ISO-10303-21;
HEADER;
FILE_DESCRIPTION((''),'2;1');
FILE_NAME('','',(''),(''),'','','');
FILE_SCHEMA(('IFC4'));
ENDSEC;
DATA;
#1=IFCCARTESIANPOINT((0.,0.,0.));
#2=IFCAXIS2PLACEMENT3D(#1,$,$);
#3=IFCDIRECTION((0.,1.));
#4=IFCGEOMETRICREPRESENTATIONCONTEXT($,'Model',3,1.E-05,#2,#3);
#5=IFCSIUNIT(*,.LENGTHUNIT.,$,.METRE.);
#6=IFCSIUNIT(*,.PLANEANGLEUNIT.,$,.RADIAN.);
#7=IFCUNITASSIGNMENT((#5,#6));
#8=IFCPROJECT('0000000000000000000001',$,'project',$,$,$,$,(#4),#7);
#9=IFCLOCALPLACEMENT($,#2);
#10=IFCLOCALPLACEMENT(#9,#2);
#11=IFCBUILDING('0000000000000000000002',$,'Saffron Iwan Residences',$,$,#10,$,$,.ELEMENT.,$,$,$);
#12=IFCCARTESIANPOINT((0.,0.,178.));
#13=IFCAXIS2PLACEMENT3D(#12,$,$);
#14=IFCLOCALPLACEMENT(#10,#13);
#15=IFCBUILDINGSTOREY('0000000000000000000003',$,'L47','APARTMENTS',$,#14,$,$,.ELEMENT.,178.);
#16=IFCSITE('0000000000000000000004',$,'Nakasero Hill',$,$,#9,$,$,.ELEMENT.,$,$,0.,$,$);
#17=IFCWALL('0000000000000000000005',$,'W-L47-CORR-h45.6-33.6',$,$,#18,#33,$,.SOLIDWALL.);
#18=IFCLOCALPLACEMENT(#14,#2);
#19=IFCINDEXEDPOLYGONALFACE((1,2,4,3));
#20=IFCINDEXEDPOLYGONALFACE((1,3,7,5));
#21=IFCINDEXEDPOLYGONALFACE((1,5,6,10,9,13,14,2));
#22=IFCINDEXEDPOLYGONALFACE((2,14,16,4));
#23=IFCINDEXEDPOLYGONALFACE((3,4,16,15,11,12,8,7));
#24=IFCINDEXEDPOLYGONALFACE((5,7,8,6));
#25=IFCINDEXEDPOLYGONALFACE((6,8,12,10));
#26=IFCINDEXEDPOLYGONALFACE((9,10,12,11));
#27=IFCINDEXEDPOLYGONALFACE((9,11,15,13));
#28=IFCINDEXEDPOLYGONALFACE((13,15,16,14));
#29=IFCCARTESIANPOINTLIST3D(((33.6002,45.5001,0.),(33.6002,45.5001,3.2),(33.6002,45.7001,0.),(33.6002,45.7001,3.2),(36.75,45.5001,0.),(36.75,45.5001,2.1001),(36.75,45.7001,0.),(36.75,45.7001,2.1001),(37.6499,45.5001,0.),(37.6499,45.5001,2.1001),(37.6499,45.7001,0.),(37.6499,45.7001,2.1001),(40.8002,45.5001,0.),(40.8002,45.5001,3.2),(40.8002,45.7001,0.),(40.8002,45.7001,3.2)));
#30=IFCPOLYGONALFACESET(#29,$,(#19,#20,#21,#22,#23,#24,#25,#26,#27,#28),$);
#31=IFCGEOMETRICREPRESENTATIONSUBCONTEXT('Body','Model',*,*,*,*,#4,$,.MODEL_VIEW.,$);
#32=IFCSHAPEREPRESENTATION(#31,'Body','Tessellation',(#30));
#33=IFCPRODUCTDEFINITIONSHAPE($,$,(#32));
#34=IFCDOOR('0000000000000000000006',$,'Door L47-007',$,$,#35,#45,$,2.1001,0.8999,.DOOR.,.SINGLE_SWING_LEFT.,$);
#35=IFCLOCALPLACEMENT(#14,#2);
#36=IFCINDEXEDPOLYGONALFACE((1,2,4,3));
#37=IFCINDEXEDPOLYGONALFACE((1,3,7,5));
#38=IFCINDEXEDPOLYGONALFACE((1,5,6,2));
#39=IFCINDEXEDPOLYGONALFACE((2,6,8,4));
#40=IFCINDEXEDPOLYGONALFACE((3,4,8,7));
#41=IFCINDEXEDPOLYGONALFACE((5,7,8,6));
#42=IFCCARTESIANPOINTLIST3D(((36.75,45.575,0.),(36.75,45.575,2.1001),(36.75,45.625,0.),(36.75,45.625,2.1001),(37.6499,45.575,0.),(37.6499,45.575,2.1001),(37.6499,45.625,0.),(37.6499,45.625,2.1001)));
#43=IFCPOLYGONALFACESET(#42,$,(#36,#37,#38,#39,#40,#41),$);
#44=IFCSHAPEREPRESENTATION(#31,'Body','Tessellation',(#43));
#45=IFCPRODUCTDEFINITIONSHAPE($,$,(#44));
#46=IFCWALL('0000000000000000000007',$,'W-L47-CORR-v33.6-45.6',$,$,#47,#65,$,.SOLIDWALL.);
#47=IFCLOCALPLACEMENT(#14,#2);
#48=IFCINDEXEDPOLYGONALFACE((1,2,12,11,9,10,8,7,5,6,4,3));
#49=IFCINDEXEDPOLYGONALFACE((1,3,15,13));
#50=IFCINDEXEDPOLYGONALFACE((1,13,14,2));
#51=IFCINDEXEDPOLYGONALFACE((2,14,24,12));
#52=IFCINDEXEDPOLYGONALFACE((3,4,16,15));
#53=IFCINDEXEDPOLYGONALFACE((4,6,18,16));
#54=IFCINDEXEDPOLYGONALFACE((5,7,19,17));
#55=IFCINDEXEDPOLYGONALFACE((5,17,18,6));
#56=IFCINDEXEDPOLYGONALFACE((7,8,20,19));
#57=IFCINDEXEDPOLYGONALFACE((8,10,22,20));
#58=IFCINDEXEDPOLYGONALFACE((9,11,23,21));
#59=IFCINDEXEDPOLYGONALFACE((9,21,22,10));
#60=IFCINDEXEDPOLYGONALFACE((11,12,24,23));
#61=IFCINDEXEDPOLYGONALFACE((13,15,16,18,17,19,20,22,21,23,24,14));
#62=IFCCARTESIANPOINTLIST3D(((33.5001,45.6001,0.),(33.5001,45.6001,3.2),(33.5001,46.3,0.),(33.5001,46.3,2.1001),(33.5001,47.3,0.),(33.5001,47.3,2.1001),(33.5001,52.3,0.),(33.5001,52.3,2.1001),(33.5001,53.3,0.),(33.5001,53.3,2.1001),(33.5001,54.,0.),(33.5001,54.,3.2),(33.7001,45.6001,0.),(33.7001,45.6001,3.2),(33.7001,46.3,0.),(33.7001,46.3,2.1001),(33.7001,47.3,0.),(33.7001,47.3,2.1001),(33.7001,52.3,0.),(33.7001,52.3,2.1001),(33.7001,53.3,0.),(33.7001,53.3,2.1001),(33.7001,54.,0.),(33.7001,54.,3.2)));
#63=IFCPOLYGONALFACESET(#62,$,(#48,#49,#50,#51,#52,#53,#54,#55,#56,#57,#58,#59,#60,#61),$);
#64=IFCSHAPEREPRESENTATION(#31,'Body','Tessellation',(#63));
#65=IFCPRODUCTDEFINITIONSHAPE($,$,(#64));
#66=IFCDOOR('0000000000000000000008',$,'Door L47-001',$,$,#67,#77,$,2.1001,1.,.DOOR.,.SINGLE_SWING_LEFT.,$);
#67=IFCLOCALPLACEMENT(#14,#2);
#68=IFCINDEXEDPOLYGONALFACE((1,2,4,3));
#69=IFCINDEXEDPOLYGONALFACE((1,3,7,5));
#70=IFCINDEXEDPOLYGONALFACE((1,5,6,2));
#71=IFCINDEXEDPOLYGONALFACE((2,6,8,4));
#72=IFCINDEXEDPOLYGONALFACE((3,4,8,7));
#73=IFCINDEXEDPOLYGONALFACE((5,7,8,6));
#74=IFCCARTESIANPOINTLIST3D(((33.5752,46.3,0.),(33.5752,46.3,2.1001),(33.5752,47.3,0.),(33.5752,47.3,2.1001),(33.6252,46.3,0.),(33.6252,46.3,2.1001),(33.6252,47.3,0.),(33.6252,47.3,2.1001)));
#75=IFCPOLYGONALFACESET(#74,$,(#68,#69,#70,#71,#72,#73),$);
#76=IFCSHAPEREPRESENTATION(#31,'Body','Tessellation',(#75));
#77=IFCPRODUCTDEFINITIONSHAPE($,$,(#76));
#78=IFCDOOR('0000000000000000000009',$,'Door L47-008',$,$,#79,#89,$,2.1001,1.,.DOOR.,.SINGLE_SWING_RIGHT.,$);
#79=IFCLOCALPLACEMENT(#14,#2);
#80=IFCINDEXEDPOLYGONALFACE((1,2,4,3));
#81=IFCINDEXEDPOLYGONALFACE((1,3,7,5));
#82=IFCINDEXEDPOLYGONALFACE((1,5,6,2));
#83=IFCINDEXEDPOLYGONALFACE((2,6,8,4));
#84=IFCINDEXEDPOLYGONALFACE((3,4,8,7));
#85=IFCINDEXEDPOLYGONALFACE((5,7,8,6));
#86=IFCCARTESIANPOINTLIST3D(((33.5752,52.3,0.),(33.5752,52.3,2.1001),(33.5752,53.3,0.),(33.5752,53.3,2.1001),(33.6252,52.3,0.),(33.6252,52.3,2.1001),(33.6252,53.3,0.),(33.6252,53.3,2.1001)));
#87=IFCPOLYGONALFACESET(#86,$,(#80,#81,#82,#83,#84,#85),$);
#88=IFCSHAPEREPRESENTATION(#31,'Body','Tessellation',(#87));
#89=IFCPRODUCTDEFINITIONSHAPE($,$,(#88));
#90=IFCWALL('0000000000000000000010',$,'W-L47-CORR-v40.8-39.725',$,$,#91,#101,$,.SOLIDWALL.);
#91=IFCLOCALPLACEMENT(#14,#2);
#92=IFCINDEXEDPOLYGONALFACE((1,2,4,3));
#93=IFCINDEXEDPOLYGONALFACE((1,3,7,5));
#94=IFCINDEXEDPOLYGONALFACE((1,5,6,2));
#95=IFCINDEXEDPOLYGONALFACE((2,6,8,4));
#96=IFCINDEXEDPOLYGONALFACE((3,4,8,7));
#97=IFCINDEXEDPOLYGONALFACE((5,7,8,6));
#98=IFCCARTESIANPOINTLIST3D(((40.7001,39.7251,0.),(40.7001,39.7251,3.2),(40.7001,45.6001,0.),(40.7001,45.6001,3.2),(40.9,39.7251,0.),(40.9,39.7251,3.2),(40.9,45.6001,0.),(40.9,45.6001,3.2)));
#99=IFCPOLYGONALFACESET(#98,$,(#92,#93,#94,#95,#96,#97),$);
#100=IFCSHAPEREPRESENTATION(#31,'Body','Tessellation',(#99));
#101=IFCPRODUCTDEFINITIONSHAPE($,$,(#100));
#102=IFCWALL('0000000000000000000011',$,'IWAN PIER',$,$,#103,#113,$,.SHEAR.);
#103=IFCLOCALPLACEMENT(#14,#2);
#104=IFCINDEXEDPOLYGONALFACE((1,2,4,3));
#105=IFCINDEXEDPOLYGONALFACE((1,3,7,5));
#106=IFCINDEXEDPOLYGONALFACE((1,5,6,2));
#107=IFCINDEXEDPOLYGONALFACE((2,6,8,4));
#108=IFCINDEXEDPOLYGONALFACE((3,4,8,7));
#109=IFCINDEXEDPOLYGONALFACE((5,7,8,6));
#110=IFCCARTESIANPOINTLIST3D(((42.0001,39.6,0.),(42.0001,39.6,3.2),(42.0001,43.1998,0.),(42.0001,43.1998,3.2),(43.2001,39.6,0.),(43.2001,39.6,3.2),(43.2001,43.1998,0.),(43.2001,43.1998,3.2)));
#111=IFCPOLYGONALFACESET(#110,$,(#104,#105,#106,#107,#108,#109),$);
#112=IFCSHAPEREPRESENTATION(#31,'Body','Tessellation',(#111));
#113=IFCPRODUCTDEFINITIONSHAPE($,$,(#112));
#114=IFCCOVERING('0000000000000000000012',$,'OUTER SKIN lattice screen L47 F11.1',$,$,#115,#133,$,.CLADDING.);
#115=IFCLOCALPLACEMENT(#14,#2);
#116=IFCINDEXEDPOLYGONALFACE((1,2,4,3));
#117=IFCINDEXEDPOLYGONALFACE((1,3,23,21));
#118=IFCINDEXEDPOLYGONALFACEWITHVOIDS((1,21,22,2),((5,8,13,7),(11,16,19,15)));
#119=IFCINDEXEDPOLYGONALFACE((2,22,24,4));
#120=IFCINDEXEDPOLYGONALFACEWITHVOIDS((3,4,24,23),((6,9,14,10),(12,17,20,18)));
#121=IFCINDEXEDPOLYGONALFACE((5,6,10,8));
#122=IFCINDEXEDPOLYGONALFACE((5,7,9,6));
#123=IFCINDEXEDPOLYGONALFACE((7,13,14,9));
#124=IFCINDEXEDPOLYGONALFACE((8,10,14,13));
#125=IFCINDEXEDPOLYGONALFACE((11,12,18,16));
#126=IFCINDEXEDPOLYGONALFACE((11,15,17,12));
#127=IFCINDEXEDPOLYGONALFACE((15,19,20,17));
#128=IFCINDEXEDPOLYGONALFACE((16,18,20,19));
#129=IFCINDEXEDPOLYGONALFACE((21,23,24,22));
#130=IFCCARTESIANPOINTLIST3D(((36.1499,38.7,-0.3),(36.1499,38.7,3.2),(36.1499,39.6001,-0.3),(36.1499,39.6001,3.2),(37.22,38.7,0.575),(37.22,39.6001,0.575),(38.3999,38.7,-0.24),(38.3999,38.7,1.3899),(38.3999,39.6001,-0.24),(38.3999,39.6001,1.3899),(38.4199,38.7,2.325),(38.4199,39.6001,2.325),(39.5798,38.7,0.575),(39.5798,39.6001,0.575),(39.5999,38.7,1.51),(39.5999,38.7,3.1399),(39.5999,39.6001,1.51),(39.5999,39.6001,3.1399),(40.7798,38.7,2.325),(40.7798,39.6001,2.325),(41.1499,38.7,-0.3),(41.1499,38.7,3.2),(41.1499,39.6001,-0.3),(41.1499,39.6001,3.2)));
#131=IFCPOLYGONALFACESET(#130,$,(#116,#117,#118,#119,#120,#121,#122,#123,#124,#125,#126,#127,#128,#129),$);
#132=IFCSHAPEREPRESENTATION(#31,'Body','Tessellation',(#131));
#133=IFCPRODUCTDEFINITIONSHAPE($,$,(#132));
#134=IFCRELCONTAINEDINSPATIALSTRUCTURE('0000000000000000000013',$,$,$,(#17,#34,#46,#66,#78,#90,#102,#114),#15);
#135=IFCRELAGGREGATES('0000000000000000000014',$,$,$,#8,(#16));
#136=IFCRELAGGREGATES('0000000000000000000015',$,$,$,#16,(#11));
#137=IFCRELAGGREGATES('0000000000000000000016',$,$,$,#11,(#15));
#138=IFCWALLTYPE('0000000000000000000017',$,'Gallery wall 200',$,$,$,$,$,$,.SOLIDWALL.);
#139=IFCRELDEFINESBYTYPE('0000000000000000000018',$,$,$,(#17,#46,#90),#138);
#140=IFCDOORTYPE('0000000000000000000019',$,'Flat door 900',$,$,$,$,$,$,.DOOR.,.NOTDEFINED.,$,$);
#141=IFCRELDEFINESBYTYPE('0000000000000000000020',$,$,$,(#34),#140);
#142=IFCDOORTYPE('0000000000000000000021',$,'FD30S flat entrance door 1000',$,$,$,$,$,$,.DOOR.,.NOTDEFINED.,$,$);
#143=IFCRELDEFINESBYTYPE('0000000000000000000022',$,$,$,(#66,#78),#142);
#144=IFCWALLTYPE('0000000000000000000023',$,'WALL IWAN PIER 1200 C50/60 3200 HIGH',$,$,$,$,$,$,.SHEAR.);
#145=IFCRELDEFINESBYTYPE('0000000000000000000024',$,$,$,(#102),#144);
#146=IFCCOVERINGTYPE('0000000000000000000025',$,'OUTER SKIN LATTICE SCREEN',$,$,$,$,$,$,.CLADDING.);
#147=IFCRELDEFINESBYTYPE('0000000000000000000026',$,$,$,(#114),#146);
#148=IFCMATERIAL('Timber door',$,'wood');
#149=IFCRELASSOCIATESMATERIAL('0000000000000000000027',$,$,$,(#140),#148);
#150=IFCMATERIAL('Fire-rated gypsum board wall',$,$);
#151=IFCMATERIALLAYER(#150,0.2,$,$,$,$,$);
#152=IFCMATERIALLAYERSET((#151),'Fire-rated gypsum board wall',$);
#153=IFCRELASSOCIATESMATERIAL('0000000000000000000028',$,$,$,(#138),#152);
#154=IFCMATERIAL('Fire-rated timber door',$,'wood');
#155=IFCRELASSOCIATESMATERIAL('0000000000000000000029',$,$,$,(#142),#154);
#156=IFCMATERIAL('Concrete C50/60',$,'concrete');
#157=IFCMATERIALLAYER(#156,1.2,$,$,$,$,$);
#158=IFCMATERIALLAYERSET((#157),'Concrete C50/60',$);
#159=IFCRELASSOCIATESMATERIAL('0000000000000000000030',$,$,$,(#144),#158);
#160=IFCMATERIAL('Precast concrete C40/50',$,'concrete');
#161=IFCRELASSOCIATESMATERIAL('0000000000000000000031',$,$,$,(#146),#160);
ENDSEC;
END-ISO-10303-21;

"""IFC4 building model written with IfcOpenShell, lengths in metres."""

from ifc_helpers import new_model, si_unit, direction, frame, frame_2d, origin, place, context, subcontext, project, spatial, polyline, rectangle, outline, extrude, material, layer, layer_set, type_object, element, fill, save


model = new_model("IFC4")

# Units and contexts
model_context = context("Model", 3, precision=1e-05, world=origin(), true_north=direction((0.0, 1.0)))
body_context = subcontext(model_context, "Body", "Model", "MODEL_VIEW")
ifc_project = project(units=[si_unit("LENGTHUNIT", "METRE"), si_unit("PLANEANGLEUNIT", "RADIAN")], contexts=[model_context])

# Site, building, storey
site_placement = place(None, origin())
site = spatial("IfcSite", under=ifc_project, at=site_placement, Name="Nakasero Hill", CompositionType="ELEMENT", RefElevation=0.0)
building_placement = place(site_placement, origin())
building = spatial("IfcBuilding", under=site, at=building_placement, Name="Saffron Iwan Residences", CompositionType="ELEMENT")
storey_placement = place(building_placement, frame((0.0, 0.0, 178.0)))
storey = spatial("IfcBuildingStorey", under=building, at=storey_placement, Name="L47", Description="APARTMENTS", CompositionType="ELEMENT", Elevation=178.0)

# Shared definitions
ifc_material_1 = material(Name="Concrete C50/60", Category="concrete")

# Shared definitions
ifc_material_2 = material(Name="Timber door", Category="wood")
door_type_1 = type_object("IfcDoorType", Name="Flat door 900", OperationType="NOTDEFINED", PredefinedType="DOOR", material=ifc_material_2)

# Wall, opening, door
ifc_material_3 = material(Name="Fire-rated gypsum board wall")
ifc_layer_1 = layer(ifc_material_3, 0.2)
ifc_layer_set_1 = layer_set([ifc_layer_1], Name="Fire-rated gypsum board wall")
wall_type_1 = type_object("IfcWallType", Name="Gallery wall 200", PredefinedType="SOLIDWALL", material=ifc_layer_set_1)
wall_1_placement = place(storey_placement, frame((33.6001, 45.6001, 0.0), z_axis=(0.0, 0.0, 1.0), x_axis=(1.0, 0.0, 0.0)))
wall_1 = element("IfcWall", 1, at=wall_1_placement, inside=storey, type_object=wall_type_1, Name="W-L47-CORR-h45.6-33.6", PredefinedType="SOLIDWALL", context=body_context, shape_type="SweptSolid", body=[
    extrude(rectangle(XDim=7.2, YDim=0.2, at=frame_2d((3.6001, 0.0))), origin(), (0.0, 0.0, 1.0), 3.2),
])
opening_1_placement = place(wall_1_placement, frame((3.1499, 0.0, 0.0)))
opening_1 = element("IfcOpeningElement", 2, at=opening_1_placement, cuts=wall_1, PredefinedType="OPENING", context=body_context, shape_type="SweptSolid", body=[
    extrude(rectangle(XDim=0.8999, YDim=2.1001, at=frame_2d((0.45, 1.05))), frame((0.0, 0.1099, 0.0), z_axis=(0.0, -1.0, 0.0), x_axis=(1.0, 0.0, 0.0)), (0.0, 0.0, 1.0), 0.22),
])
door_1_placement = place(opening_1_placement, origin())
door_1 = element("IfcDoor", 3, at=door_1_placement, inside=storey, type_object=door_type_1, Name="Door L47-007", OperationType="SINGLE_SWING_LEFT", OverallHeight=2.1001, OverallWidth=0.8999, PredefinedType="DOOR", context=body_context, shape_type="SweptSolid", body=[
    extrude(rectangle(XDim=0.8999, YDim=2.1001, at=frame_2d((0.45, 1.05))), frame((0.0, 0.0249, 0.0), z_axis=(0.0, -1.0, 0.0), x_axis=(1.0, 0.0, 0.0)), (0.0, 0.0, 1.0), 0.05),
])
fill(opening_1, door_1)

# Wall, openings, doors
wall_2_placement = place(storey_placement, frame((33.6001, 45.6001, 0.0), z_axis=(0.0, 0.0, 1.0), x_axis=(0.0, 1.0, 0.0)))
wall_2 = element("IfcWall", 4, at=wall_2_placement, inside=storey, type_object=wall_type_1, Name="W-L47-CORR-v33.6-45.6", PredefinedType="SOLIDWALL", context=body_context, shape_type="SweptSolid", body=[
    extrude(rectangle(XDim=8.3999, YDim=0.2, at=frame_2d((4.2, 0.0))), origin(), (0.0, 0.0, 1.0), 3.2),
])
opening_2_placement = place(wall_2_placement, frame((0.7, 0.0, 0.0)))
opening_2 = element("IfcOpeningElement", 5, at=opening_2_placement, cuts=wall_2, PredefinedType="OPENING", context=body_context, shape_type="SweptSolid", body=[
    extrude(rectangle(XDim=1.0, YDim=2.1001, at=frame_2d((0.5, 1.05))), frame((0.0, 0.1099, 0.0), z_axis=(0.0, -1.0, 0.0), x_axis=(1.0, 0.0, 0.0)), (0.0, 0.0, 1.0), 0.22),
])
opening_3_placement = place(wall_2_placement, frame((6.7, 0.0, 0.0)))
opening_3 = element("IfcOpeningElement", 6, at=opening_3_placement, cuts=wall_2, PredefinedType="OPENING", context=body_context, shape_type="SweptSolid", body=[
    extrude(rectangle(XDim=1.0, YDim=2.1001, at=frame_2d((0.5, 1.05))), frame((0.0, 0.1099, 0.0), z_axis=(0.0, -1.0, 0.0), x_axis=(1.0, 0.0, 0.0)), (0.0, 0.0, 1.0), 0.22),
])
ifc_material_4 = material(Name="Fire-rated timber door", Category="wood")
door_type_2 = type_object("IfcDoorType", Name="FD30S flat entrance door 1000", OperationType="NOTDEFINED", PredefinedType="DOOR", material=ifc_material_4)
door_2_placement = place(opening_2_placement, origin())
door_2 = element("IfcDoor", 7, at=door_2_placement, inside=storey, type_object=door_type_2, Name="Door L47-001", OperationType="SINGLE_SWING_LEFT", OverallHeight=2.1001, OverallWidth=1.0, PredefinedType="DOOR", context=body_context, shape_type="SweptSolid", body=[
    extrude(rectangle(XDim=1.0, YDim=2.1001, at=frame_2d((0.5, 1.05))), frame((0.0, 0.0249, 0.0), z_axis=(0.0, -1.0, 0.0), x_axis=(1.0, 0.0, 0.0)), (0.0, 0.0, 1.0), 0.05),
])
fill(opening_2, door_2)
door_3_placement = place(opening_3_placement, origin())
door_3 = element("IfcDoor", 8, at=door_3_placement, inside=storey, type_object=door_type_2, Name="Door L47-008", OperationType="SINGLE_SWING_RIGHT", OverallHeight=2.1001, OverallWidth=1.0, PredefinedType="DOOR", context=body_context, shape_type="SweptSolid", body=[
    extrude(rectangle(XDim=1.0, YDim=2.1001, at=frame_2d((0.5, 1.05))), frame((0.0, 0.0249, 0.0), z_axis=(0.0, -1.0, 0.0), x_axis=(1.0, 0.0, 0.0)), (0.0, 0.0, 1.0), 0.05),
])
fill(opening_3, door_3)

# Walls
wall_3_placement = place(storey_placement, frame((40.8, 39.7251, 0.0), z_axis=(0.0, 0.0, 1.0), x_axis=(0.0, 1.0, 0.0)))
element("IfcWall", 9, at=wall_3_placement, inside=storey, type_object=wall_type_1, Name="W-L47-CORR-v40.8-39.725", PredefinedType="SOLIDWALL", context=body_context, shape_type="SweptSolid", body=[
    extrude(rectangle(XDim=5.875, YDim=0.2, at=frame_2d((2.9375, 0.0))), origin(), (0.0, 0.0, 1.0), 3.2),
])
ifc_layer_2 = layer(ifc_material_1, 1.2)
ifc_layer_set_2 = layer_set([ifc_layer_2], Name="Concrete C50/60")
wall_type_2 = type_object("IfcWallType", Name="WALL IWAN PIER 1200 C50/60 3200 HIGH", PredefinedType="SHEAR", material=ifc_layer_set_2)
wall_4_placement = place(storey_placement, frame((42.6001, 39.6001, 0.0), z_axis=(0.0, 0.0, 1.0), x_axis=(0.0, 1.0, 0.0)))
element("IfcWall", 10, at=wall_4_placement, inside=storey, type_object=wall_type_2, Name="IWAN PIER", PredefinedType="SHEAR", context=body_context, shape_type="SweptSolid", body=[
    extrude(rectangle(XDim=3.5999, YDim=1.2, at=frame_2d((1.7998, 0.0))), origin(), (0.0, 0.0, 1.0), 3.2),
])

# Covering
ifc_material_5 = material(Name="Precast concrete C40/50", Category="concrete")
covering_type = type_object("IfcCoveringType", Name="OUTER SKIN LATTICE SCREEN", PredefinedType="CLADDING", material=ifc_material_5)
covering_placement = place(storey_placement, frame((36.1499, 39.6001, -0.3), z_axis=(0.0, -1.0, 0.0), x_axis=(1.0, 0.0, 0.0)))
element("IfcCovering", 11, at=covering_placement, inside=storey, type_object=covering_type, Name="OUTER SKIN lattice screen L47 F11.1", PredefinedType="CLADDING", context=body_context, shape_type="SweptSolid", body=[
    extrude(outline(polyline([(0.0, 0.0), (5.0, 0.0), (5.0, 3.5), (0.0, 3.5), (0.0, 0.0)]), holes=[polyline([(1.0701, 0.875), (2.25, 0.0601), (3.4299, 0.875), (2.25, 1.6899), (1.0701, 0.875)]), polyline([(2.27, 2.625), (3.45, 1.8101), (4.6299, 2.625), (3.45, 3.4399), (2.27, 2.625)])]), origin(), (0.0, 0.0, 1.0), 0.9001),
])

save(model, "model.ifc")
